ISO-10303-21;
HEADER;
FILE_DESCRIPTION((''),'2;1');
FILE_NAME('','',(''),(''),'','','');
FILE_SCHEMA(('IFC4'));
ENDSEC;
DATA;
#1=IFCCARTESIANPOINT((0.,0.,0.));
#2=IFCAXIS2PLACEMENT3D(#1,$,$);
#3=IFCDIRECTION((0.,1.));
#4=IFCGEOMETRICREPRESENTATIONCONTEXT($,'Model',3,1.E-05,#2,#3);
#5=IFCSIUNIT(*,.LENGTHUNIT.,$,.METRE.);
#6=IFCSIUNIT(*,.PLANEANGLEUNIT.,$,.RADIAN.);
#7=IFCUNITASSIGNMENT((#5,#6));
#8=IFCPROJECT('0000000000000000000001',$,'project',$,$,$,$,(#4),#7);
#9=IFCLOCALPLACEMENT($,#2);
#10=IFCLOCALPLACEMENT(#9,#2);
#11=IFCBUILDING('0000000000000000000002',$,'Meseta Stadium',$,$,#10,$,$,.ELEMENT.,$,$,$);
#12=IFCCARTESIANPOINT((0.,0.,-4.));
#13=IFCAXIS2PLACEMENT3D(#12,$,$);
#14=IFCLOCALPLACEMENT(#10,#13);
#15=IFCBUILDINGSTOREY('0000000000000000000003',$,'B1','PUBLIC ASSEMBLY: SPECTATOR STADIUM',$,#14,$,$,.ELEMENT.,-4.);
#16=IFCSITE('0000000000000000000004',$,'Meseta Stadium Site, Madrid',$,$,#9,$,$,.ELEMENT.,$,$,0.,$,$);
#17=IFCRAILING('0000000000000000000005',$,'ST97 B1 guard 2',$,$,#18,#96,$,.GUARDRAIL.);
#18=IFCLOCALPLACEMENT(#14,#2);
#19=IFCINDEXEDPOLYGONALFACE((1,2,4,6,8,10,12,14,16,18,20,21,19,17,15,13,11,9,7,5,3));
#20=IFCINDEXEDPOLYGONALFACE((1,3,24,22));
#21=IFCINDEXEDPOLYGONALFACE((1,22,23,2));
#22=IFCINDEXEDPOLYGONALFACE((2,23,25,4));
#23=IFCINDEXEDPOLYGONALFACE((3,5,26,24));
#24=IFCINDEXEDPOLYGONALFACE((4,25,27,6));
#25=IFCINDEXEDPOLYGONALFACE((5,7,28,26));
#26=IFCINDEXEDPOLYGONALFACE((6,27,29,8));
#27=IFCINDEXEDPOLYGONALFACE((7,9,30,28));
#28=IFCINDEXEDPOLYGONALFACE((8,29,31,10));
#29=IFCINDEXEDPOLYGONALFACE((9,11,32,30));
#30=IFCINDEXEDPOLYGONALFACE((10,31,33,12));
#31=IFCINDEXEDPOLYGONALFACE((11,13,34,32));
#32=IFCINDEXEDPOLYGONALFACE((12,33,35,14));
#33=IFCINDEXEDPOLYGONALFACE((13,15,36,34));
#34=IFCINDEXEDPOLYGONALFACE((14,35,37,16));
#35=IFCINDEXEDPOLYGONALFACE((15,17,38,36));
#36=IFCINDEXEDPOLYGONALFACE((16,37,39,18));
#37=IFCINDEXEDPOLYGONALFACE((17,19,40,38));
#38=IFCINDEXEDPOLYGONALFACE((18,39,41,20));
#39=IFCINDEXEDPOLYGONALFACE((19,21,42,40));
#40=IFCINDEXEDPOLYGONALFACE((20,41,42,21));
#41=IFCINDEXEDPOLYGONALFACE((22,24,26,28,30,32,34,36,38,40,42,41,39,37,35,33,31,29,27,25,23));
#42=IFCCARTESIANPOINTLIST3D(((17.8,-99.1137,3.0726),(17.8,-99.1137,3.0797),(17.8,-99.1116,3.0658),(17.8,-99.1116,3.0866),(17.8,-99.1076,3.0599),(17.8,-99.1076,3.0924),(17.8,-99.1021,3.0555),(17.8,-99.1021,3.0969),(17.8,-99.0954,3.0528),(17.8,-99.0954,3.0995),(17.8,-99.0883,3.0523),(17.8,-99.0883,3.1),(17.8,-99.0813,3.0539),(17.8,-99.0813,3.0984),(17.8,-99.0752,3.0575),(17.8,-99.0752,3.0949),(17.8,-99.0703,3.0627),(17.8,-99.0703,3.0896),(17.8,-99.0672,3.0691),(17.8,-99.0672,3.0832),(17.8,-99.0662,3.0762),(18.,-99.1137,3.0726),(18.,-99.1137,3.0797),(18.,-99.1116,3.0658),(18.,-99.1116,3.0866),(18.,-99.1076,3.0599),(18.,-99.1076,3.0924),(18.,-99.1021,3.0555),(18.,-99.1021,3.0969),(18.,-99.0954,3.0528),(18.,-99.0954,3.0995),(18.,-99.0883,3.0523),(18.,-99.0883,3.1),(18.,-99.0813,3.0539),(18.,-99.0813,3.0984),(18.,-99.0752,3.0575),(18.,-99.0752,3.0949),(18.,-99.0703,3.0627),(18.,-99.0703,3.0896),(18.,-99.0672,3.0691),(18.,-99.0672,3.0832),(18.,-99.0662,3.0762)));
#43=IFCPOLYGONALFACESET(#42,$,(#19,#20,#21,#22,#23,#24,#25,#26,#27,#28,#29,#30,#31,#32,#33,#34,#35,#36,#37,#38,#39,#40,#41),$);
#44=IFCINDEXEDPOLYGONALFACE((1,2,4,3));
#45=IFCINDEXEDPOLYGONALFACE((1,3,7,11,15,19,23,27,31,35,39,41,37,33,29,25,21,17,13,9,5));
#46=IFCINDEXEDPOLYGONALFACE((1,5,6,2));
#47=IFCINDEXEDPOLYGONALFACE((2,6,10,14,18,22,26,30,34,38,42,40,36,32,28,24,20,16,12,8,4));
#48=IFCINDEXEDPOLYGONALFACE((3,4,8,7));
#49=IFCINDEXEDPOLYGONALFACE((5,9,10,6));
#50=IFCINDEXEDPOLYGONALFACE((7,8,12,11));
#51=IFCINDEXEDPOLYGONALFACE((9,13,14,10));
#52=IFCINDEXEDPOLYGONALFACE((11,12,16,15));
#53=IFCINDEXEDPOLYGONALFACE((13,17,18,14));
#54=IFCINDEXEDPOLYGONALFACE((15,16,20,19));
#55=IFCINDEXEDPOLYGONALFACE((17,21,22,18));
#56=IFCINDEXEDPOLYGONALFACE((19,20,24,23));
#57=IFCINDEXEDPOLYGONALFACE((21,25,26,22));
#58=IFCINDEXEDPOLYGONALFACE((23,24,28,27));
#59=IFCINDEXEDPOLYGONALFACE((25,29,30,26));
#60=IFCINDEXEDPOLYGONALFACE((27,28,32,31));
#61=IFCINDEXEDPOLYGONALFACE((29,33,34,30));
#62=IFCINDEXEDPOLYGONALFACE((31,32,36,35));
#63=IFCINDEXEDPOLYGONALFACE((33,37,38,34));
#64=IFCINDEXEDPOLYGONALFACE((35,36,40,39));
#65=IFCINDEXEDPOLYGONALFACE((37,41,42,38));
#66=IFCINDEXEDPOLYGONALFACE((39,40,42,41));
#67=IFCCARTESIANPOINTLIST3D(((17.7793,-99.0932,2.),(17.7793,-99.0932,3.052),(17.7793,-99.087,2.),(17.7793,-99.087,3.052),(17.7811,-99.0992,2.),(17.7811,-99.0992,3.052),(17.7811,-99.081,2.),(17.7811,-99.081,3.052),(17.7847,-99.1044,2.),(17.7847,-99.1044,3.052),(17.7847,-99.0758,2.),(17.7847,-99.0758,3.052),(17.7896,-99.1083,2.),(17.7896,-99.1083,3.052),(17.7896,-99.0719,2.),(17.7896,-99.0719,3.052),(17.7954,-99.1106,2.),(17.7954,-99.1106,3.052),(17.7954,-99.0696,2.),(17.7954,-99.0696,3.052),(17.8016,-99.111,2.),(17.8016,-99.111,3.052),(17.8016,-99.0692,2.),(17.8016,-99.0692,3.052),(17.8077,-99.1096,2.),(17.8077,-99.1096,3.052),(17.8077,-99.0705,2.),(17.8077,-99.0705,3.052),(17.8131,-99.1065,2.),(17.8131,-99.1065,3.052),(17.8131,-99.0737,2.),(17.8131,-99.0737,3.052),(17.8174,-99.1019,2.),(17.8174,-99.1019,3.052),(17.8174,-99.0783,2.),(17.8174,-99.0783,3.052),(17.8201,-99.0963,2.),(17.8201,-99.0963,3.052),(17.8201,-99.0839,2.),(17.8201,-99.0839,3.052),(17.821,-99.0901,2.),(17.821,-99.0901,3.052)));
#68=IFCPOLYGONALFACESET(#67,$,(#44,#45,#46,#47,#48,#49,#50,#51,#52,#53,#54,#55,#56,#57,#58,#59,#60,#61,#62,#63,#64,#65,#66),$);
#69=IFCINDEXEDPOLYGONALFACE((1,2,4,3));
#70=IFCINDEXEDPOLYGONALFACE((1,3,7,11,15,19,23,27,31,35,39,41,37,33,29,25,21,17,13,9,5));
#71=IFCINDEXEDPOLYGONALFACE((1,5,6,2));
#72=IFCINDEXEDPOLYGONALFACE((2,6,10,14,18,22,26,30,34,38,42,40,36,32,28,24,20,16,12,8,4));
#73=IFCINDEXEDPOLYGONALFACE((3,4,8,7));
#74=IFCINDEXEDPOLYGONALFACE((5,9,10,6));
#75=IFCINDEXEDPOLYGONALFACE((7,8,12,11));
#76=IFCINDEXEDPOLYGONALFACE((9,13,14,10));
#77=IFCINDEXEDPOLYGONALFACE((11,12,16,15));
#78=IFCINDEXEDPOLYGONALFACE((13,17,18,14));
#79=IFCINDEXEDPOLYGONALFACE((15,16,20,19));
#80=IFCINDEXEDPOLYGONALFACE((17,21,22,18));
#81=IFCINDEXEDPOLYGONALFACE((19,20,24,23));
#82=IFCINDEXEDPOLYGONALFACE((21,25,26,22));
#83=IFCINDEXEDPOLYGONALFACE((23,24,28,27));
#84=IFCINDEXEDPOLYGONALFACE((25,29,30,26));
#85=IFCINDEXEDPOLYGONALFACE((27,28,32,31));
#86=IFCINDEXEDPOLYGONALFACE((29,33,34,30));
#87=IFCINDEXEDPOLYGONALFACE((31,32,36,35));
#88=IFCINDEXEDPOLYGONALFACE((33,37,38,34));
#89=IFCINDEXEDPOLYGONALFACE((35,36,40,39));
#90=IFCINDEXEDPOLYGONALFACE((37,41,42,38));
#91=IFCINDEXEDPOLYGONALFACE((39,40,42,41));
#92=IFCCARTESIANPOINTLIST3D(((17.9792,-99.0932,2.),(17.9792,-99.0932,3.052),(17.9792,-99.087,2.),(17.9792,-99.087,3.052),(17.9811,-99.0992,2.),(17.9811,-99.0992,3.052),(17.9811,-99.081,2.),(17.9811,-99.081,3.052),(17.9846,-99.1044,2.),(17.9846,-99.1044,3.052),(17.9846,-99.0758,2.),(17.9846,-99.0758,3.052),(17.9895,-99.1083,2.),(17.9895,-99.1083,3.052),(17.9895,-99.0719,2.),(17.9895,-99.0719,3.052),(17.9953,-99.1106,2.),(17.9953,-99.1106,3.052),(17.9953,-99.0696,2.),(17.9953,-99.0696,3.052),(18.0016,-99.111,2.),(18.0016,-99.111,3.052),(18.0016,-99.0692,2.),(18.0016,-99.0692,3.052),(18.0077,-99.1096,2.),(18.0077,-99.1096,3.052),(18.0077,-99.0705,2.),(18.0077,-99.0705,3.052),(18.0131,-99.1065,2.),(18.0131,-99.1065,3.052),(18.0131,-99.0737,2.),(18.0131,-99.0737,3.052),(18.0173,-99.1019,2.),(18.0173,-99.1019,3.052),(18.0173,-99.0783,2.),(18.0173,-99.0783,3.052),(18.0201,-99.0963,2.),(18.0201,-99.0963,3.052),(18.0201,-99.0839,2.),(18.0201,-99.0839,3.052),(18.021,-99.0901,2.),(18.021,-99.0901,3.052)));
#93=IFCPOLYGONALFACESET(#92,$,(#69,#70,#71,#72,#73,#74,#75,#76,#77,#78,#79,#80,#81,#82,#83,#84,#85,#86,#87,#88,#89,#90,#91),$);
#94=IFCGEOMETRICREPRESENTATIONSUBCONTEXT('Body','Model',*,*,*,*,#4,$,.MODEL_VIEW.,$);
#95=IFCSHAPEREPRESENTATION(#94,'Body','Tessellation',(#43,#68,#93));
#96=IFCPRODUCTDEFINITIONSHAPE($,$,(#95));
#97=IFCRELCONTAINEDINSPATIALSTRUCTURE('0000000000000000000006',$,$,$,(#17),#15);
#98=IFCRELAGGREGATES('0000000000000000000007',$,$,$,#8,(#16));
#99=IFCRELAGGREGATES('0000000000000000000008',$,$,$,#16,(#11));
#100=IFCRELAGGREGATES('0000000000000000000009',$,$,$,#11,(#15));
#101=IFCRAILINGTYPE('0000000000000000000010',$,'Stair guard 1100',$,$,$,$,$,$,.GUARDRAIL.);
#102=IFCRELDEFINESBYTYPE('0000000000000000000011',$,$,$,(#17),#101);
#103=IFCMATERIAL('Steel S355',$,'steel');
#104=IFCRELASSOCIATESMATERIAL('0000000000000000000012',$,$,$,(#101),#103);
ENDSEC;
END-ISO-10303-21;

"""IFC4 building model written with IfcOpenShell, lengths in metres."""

from ifc_helpers import new_model, si_unit, direction, frame, origin, origin_2d, place, context, subcontext, project, spatial, circle, extrude, material, type_object, element, save


model = new_model("IFC4")

# Units and contexts
model_context = context("Model", 3, precision=1e-05, world=origin(), true_north=direction((0.0, 1.0)))
body_context = subcontext(model_context, "Body", "Model", "MODEL_VIEW")
ifc_project = project(units=[si_unit("LENGTHUNIT", "METRE"), si_unit("PLANEANGLEUNIT", "RADIAN")], contexts=[model_context])

# Site, building, storey
site_placement = place(None, origin())
site = spatial("IfcSite", under=ifc_project, at=site_placement, Name="Meseta Stadium Site, Madrid", CompositionType="ELEMENT", RefElevation=0.0)
building_placement = place(site_placement, origin())
building = spatial("IfcBuilding", under=site, at=building_placement, Name="Meseta Stadium", CompositionType="ELEMENT")
storey_placement = place(building_placement, frame((0.0, 0.0, -4.0)))
storey = spatial("IfcBuildingStorey", under=building, at=storey_placement, Name="B1", Description="PUBLIC ASSEMBLY: SPECTATOR STADIUM", CompositionType="ELEMENT", Elevation=-4.0)

# Railing
ifc_material_1 = material(Name="Steel S355", Category="steel")
railing_type_1 = type_object("IfcRailingType", Name="Stair guard 1100", PredefinedType="GUARDRAIL", material=ifc_material_1)
railing_1_placement = place(storey_placement, frame((17.8, -99.0901, 2.0)))
element("IfcRailing", 1, at=railing_1_placement, inside=storey, type_object=railing_type_1, Name="ST97 B1 guard 2", PredefinedType="GUARDRAIL", context=body_context, shape_type="SweptSolid", body=[
    extrude(circle(Radius=0.0239, at=origin_2d()), frame((0.0, 0.0, 1.0762), z_axis=(1.0, 0.0, 0.0), x_axis=(0.0, 1.0, 0.0)), (0.0, 0.0, 1.0), 0.2),
    extrude(circle(Radius=0.021, at=origin_2d()), origin(), (0.0, 0.0, 1.0), 1.052),
    extrude(circle(Radius=0.021, at=origin_2d()), frame((0.2, 0.0, 0.0)), (0.0, 0.0, 1.0), 1.052),
])

save(model, "model.ifc")
